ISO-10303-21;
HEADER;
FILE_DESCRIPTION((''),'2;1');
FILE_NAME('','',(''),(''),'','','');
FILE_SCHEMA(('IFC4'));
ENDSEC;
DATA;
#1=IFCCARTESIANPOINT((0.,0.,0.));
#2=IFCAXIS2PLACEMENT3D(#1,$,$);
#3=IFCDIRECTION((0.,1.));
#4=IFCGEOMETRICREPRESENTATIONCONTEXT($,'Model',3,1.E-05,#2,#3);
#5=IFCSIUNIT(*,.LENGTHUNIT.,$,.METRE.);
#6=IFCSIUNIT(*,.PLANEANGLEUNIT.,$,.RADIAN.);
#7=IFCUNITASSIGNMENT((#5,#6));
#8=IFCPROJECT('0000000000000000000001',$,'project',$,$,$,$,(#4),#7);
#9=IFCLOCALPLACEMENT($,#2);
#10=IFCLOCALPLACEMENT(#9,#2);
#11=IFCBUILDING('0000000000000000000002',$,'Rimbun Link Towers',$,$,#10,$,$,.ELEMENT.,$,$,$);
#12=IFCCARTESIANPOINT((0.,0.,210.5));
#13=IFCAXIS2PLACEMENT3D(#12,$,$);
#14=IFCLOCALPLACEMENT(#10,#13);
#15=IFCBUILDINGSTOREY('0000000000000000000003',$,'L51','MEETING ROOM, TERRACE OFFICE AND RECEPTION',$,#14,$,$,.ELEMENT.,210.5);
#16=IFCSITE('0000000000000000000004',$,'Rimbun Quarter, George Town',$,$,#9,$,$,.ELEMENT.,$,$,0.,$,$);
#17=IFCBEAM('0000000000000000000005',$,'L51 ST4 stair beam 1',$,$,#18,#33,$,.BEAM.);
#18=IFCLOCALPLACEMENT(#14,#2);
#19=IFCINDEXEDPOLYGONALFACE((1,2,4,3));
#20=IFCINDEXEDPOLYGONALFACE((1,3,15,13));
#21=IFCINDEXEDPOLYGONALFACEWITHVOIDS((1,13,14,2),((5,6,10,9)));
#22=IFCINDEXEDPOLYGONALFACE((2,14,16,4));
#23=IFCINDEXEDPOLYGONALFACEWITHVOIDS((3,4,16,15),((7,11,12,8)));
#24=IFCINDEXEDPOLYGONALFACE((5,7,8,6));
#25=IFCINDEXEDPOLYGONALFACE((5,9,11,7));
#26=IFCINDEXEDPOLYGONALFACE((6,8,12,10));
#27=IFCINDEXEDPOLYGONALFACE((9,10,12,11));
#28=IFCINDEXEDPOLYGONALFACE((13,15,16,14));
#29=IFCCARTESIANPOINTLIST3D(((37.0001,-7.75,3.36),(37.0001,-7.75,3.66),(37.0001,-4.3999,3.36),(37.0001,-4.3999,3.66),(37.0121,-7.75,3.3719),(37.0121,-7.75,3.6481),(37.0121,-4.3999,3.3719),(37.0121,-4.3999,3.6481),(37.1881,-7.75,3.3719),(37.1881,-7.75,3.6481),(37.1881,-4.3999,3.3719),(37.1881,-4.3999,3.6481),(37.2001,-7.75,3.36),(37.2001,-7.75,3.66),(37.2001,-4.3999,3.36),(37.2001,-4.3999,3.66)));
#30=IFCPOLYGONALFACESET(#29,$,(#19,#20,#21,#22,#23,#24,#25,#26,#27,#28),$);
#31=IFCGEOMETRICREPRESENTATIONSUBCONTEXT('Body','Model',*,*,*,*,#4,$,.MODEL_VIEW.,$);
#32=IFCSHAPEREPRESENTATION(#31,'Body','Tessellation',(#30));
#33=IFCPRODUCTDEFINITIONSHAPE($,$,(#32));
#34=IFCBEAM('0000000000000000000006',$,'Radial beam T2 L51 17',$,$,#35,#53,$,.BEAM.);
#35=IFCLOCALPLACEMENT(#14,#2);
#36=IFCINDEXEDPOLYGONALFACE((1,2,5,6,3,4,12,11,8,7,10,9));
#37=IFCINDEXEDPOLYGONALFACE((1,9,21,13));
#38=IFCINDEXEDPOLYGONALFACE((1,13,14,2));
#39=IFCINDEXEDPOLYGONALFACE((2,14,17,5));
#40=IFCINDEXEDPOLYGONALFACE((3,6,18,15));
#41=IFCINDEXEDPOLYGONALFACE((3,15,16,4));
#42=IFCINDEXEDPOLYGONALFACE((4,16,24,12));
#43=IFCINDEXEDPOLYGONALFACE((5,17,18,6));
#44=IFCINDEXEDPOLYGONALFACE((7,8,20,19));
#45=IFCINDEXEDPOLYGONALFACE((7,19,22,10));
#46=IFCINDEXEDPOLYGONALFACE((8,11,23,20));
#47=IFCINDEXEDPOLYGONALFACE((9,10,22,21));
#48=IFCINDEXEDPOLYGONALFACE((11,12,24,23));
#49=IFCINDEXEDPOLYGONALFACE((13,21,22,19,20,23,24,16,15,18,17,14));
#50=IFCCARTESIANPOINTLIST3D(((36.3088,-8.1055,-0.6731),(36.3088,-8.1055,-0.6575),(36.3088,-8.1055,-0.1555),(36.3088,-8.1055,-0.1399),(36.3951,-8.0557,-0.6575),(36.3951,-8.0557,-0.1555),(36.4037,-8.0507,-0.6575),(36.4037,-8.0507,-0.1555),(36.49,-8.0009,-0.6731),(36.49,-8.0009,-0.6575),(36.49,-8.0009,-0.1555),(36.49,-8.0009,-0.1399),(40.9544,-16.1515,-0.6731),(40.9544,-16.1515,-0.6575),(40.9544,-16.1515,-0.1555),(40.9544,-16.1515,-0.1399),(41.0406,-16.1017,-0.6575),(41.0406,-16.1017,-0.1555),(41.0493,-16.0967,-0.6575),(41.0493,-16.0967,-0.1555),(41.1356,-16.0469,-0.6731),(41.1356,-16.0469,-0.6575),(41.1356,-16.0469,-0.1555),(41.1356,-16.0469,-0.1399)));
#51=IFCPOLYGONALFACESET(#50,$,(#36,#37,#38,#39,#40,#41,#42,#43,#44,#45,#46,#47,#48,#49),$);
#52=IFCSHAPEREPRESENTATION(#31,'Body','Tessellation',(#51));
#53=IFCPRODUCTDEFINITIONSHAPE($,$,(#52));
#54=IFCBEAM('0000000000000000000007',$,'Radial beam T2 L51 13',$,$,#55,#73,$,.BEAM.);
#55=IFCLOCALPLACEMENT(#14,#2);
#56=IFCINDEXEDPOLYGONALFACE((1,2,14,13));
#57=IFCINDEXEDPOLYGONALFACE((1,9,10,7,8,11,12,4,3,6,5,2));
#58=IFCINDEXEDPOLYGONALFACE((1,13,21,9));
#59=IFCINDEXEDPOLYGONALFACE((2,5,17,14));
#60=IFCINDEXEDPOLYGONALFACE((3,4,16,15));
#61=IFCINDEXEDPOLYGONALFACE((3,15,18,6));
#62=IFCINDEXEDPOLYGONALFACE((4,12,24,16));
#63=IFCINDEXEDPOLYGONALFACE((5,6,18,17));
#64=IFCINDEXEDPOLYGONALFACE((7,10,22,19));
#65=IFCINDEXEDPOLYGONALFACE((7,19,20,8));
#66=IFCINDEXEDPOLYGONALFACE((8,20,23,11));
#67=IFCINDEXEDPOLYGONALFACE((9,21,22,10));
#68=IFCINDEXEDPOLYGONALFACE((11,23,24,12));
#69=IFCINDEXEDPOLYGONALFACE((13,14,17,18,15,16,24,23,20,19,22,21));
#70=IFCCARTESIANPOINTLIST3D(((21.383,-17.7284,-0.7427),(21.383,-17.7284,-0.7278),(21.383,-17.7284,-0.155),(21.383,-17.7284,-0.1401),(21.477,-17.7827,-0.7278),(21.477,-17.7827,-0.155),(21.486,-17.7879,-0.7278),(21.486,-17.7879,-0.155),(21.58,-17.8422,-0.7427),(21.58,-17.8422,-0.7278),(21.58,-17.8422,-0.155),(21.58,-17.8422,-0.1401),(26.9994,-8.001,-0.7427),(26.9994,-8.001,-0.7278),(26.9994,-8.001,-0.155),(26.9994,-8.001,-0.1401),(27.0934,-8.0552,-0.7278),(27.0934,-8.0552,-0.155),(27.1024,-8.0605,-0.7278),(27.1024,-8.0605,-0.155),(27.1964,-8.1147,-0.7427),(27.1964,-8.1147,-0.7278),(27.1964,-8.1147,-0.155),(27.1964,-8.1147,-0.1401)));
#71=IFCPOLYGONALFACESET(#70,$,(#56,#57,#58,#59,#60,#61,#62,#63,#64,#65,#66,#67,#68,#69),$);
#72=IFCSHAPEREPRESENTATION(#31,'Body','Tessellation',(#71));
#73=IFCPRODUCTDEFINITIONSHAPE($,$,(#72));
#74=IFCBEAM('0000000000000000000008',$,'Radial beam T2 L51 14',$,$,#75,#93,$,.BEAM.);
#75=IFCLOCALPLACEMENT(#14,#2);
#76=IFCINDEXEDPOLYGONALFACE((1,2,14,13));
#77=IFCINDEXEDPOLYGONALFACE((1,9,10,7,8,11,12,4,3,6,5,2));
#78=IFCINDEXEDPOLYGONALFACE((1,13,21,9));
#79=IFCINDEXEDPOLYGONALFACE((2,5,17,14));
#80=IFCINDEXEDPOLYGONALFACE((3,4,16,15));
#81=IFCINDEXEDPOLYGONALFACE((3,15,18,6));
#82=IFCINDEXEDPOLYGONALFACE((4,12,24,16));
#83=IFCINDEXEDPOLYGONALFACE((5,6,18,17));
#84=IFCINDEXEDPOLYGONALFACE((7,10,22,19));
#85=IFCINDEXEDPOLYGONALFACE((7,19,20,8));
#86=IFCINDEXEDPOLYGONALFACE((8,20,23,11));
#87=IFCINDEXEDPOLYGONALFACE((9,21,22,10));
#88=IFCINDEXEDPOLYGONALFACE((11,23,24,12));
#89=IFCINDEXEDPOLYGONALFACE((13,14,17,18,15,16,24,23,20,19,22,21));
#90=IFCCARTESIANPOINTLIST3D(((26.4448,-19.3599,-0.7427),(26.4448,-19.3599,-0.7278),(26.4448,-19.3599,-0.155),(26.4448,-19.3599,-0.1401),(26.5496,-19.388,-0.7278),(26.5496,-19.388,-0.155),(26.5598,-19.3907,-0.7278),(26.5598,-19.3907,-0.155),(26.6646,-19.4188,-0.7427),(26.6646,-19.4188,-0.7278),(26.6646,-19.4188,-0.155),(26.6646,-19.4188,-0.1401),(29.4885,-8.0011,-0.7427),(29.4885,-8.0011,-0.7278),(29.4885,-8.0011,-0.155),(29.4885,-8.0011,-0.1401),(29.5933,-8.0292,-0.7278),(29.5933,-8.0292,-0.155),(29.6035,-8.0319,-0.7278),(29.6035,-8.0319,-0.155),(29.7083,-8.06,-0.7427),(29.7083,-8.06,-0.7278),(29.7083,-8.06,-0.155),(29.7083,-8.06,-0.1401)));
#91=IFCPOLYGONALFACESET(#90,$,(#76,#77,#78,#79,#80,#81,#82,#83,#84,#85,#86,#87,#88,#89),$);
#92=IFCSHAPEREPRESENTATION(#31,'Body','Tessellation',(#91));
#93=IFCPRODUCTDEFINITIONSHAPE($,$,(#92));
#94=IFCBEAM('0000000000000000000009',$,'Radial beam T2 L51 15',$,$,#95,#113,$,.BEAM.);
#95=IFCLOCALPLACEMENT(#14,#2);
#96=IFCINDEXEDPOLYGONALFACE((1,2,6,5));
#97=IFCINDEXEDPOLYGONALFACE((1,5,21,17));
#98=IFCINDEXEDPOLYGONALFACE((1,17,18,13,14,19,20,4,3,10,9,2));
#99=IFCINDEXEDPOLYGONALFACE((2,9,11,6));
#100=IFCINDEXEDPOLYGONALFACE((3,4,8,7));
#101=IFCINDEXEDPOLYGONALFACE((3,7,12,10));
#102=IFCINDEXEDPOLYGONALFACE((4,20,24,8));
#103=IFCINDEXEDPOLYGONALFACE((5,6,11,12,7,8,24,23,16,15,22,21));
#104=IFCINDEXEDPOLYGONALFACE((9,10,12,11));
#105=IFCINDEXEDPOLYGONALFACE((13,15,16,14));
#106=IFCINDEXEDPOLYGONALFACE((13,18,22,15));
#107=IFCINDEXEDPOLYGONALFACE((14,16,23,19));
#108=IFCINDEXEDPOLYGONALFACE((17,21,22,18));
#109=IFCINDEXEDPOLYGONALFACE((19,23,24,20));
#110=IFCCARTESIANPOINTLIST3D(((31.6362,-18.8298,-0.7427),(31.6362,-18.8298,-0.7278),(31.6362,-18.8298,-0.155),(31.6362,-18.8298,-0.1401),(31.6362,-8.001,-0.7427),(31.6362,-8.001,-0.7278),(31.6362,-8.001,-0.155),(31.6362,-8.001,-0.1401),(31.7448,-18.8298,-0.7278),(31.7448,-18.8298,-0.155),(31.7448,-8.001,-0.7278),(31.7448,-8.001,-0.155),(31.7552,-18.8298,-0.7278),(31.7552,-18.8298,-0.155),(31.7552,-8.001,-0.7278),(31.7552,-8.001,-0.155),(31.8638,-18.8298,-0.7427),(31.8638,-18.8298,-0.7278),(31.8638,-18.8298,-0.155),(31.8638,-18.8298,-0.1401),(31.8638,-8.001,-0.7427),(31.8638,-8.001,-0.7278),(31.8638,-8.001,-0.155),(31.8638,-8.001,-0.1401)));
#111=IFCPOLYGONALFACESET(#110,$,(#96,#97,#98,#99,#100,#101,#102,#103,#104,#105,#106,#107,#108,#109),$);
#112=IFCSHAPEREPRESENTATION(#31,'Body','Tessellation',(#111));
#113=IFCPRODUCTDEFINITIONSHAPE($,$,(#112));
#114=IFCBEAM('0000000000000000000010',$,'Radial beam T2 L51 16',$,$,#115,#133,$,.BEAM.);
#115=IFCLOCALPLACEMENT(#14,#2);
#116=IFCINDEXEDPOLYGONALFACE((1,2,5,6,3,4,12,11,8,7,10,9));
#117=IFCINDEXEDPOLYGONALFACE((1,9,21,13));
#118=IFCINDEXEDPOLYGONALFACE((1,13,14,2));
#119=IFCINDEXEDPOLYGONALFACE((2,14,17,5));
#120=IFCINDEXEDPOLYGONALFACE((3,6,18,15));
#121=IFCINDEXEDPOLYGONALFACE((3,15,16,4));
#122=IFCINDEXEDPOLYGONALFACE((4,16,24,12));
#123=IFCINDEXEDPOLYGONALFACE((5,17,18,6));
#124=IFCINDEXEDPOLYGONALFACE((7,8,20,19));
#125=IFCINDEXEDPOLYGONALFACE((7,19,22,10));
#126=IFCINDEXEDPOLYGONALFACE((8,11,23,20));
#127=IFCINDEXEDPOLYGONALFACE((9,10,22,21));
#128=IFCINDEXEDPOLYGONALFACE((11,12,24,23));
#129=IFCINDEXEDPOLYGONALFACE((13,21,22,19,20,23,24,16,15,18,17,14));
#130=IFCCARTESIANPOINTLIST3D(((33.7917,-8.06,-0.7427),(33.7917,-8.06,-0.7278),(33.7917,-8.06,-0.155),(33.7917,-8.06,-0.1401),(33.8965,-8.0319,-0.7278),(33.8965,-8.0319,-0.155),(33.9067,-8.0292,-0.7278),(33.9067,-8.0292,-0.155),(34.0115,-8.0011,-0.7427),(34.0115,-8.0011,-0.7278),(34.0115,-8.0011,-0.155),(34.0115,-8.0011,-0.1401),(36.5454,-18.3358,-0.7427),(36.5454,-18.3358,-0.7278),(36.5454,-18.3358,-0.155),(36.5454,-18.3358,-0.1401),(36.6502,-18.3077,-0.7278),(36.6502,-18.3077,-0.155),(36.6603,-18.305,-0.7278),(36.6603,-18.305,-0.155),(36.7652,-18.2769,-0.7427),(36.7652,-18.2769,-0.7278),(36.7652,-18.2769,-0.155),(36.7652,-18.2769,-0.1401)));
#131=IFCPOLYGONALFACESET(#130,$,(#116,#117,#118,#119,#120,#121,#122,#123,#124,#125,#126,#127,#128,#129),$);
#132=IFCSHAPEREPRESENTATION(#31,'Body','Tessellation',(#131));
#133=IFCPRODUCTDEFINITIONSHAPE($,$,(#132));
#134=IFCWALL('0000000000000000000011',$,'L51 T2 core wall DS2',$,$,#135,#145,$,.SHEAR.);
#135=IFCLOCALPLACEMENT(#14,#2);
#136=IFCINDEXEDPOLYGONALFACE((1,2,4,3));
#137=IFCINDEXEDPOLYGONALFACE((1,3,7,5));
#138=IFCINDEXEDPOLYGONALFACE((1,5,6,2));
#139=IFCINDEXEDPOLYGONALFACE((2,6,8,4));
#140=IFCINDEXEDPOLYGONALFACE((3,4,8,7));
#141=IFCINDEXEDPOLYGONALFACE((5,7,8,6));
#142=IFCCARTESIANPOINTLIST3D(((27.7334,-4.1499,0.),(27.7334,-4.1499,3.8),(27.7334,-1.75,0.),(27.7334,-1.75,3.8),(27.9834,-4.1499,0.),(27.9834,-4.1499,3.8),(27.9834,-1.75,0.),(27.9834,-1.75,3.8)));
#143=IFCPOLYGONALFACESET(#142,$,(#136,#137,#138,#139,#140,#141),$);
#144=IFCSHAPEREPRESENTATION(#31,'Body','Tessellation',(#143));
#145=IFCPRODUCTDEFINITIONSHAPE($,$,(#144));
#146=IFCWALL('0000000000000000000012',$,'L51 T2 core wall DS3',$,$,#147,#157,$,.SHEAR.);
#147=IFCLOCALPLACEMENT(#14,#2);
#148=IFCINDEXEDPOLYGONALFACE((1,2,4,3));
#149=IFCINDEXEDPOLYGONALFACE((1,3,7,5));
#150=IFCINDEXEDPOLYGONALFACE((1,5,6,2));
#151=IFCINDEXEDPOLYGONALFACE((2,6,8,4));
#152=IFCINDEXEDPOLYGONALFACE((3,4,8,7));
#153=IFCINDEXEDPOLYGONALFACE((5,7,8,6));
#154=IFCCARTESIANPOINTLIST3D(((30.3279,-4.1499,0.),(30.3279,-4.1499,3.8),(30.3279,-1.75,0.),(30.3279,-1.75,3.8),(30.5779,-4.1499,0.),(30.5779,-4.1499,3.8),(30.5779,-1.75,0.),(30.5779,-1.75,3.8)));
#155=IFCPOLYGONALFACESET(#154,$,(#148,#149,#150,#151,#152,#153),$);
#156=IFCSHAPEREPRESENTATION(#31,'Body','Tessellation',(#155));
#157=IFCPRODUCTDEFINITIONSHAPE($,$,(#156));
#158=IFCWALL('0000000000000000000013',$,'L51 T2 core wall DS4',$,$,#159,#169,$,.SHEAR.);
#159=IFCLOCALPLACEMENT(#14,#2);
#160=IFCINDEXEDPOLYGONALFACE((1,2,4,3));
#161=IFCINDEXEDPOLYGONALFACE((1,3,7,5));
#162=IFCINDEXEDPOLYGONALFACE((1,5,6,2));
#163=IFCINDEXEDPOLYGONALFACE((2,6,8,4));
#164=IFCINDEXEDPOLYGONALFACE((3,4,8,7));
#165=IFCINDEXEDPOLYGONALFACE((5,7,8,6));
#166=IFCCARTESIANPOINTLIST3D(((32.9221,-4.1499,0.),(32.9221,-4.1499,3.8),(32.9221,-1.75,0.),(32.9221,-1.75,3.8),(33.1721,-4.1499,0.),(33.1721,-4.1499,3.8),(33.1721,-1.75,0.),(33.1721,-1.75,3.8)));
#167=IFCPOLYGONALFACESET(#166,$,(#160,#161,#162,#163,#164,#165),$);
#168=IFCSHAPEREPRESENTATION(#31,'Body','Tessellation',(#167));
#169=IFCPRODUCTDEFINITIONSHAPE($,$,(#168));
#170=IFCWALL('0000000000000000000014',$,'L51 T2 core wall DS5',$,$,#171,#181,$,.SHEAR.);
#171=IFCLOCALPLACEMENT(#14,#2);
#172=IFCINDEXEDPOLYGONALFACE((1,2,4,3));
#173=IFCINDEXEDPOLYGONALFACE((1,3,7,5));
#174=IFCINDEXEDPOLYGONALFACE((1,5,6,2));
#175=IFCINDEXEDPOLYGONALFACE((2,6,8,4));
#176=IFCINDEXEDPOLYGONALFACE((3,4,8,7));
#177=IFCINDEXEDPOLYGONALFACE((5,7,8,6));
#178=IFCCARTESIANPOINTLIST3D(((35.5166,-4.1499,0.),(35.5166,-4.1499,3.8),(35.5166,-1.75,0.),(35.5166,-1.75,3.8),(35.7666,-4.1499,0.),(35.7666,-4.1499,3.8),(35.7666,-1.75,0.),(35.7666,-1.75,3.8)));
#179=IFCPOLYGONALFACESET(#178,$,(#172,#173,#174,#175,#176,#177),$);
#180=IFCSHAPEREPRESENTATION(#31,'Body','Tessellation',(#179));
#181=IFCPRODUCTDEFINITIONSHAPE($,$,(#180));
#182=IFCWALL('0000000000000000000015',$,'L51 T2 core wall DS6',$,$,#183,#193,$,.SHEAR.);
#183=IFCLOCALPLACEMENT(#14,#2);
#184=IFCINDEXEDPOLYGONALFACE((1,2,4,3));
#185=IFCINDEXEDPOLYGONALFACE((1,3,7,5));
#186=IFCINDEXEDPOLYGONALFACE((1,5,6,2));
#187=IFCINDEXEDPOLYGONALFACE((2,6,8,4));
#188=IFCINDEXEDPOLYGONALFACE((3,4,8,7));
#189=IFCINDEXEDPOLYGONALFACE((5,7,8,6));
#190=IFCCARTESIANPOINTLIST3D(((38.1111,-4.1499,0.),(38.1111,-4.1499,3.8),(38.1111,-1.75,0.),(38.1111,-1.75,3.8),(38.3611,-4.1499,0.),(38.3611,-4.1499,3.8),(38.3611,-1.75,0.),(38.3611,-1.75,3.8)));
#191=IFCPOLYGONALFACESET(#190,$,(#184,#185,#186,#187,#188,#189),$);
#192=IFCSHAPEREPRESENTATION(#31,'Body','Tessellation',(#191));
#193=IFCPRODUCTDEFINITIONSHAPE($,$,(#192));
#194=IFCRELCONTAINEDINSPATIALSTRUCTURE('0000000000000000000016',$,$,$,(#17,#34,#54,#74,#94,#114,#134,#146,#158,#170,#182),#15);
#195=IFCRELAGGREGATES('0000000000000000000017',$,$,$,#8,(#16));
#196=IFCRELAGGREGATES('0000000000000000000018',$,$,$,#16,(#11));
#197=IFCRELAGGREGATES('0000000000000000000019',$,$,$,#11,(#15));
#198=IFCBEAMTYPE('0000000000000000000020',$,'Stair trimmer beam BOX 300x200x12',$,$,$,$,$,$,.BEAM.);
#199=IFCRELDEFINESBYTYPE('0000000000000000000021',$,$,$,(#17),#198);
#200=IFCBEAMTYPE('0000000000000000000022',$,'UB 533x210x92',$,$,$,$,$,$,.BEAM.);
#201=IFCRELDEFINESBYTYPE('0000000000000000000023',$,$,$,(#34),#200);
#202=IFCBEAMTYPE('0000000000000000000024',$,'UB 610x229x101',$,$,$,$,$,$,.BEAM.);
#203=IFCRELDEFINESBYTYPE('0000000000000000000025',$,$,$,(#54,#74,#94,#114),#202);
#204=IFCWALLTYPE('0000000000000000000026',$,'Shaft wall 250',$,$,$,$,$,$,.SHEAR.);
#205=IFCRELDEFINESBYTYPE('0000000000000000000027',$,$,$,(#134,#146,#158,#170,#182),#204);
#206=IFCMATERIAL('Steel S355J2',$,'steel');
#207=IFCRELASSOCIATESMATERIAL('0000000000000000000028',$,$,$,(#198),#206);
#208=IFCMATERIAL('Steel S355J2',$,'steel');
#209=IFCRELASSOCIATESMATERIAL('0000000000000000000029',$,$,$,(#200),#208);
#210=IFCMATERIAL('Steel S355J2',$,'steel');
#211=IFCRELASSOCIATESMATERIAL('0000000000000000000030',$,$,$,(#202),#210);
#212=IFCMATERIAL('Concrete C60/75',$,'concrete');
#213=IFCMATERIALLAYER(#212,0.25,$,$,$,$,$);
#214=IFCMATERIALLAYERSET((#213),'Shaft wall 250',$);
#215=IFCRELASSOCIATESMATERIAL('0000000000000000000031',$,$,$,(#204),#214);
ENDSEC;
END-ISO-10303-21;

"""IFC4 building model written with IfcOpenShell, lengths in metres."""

from ifc_helpers import new_model, si_unit, direction, frame, frame_2d, origin, origin_2d, place, context, subcontext, project, spatial, rectangle, hollow_rectangle, i_section, extrude, material, layer, layer_set, material_profile, profile_set, type_object, element, save


model = new_model("IFC4")

# Units and contexts
model_context = context("Model", 3, precision=1e-05, world=origin(), true_north=direction((0.0, 1.0)))
body_context = subcontext(model_context, "Body", "Model", "MODEL_VIEW")
ifc_project = project(units=[si_unit("LENGTHUNIT", "METRE"), si_unit("PLANEANGLEUNIT", "RADIAN")], contexts=[model_context])

# Site, building, storey
site_placement = place(None, origin())
site = spatial("IfcSite", under=ifc_project, at=site_placement, Name="Rimbun Quarter, George Town", CompositionType="ELEMENT", RefElevation=0.0)
building_placement = place(site_placement, origin())
building = spatial("IfcBuilding", under=site, at=building_placement, Name="Rimbun Link Towers", CompositionType="ELEMENT")
storey_placement = place(building_placement, frame((0.0, 0.0, 210.5)))
storey = spatial("IfcBuildingStorey", under=building, at=storey_placement, Name="L51", Description="MEETING ROOM, TERRACE OFFICE AND RECEPTION", CompositionType="ELEMENT", Elevation=210.5)

# Beams
ifc_material_1 = material(Name="Steel S355J2", Category="steel")
ifc_material_profile_1 = material_profile(ifc_material_1, hollow_rectangle(XDim=0.2, YDim=0.3, WallThickness=0.012, at=origin_2d()), Name="BOX 300x200x12")
ifc_profile_set_1 = profile_set([ifc_material_profile_1], Name="Steel S355J2")
beam_type_1 = type_object("IfcBeamType", Name="Stair trimmer beam BOX 300x200x12", PredefinedType="BEAM", material=ifc_profile_set_1)
beam_1_placement = place(storey_placement, frame((37.1001, -7.75, 3.51), z_axis=(0.0, 1.0, 0.0), x_axis=(-1.0, 0.0, 0.0)))
element("IfcBeam", 1, at=beam_1_placement, inside=storey, type_object=beam_type_1, Name="L51 ST4 stair beam 1", PredefinedType="BEAM", context=body_context, shape_type="SweptSolid", body=[
    extrude(hollow_rectangle(XDim=0.2, YDim=0.3, WallThickness=0.012, at=origin_2d()), origin(), (0.0, 0.0, 1.0), 3.3501),
])
ifc_material_2 = material(Name="Steel S355J2", Category="steel")
ifc_material_profile_2 = material_profile(ifc_material_2, i_section(OverallWidth=0.2092, OverallDepth=0.5332, WebThickness=0.01, FlangeThickness=0.0156, at=origin_2d()), Name="UB 533x210x92")
ifc_profile_set_2 = profile_set([ifc_material_profile_2], Name="Steel S355J2")
beam_type_2 = type_object("IfcBeamType", Name="UB 533x210x92", PredefinedType="BEAM", material=ifc_profile_set_2)
beam_2_placement = place(storey_placement, frame((36.3994, -8.0532, -0.4065), z_axis=(0.500017, -0.866016, 0.0), x_axis=(0.866016, 0.500017, 0.0)))
element("IfcBeam", 2, at=beam_2_placement, inside=storey, type_object=beam_type_2, Name="Radial beam T2 L51 17", PredefinedType="BEAM", context=body_context, shape_type="SweptSolid", body=[
    extrude(i_section(OverallWidth=0.2092, OverallDepth=0.5332, WebThickness=0.01, FlangeThickness=0.0156, at=origin_2d()), origin(), (0.0, 0.0, 1.0), 9.2908),
])
ifc_material_3 = material(Name="Steel S355J2", Category="steel")
ifc_material_profile_3 = material_profile(ifc_material_3, i_section(OverallWidth=0.2275, OverallDepth=0.6025, WebThickness=0.0105, FlangeThickness=0.0149, at=origin_2d()), Name="UB 610x229x101")
ifc_profile_set_3 = profile_set([ifc_material_profile_3], Name="Steel S355J2")
beam_type_3 = type_object("IfcBeamType", Name="UB 610x229x101", PredefinedType="BEAM", material=ifc_profile_set_3)
beam_3_placement = place(storey_placement, frame((27.0979, -8.0579, -0.4414), z_axis=(-0.500017, -0.866015, 0.0), x_axis=(0.866015, -0.500017, 0.0)))
element("IfcBeam", 3, at=beam_3_placement, inside=storey, type_object=beam_type_3, Name="Radial beam T2 L51 13", PredefinedType="BEAM", context=body_context, shape_type="SweptSolid", body=[
    extrude(i_section(OverallWidth=0.2275, OverallDepth=0.6025, WebThickness=0.0105, FlangeThickness=0.0149, at=origin_2d()), origin(), (0.0, 0.0, 1.0), 11.2324),
])
beam_4_placement = place(storey_placement, frame((29.5984, -8.0305, -0.4414), z_axis=(-0.258827, -0.965924, 0.0), x_axis=(0.965924, -0.258827, 0.0)))
element("IfcBeam", 4, at=beam_4_placement, inside=storey, type_object=beam_type_3, Name="Radial beam T2 L51 14", PredefinedType="BEAM", context=body_context, shape_type="SweptSolid", body=[
    extrude(i_section(OverallWidth=0.2275, OverallDepth=0.6025, WebThickness=0.0105, FlangeThickness=0.0149, at=origin_2d()), origin(), (0.0, 0.0, 1.0), 11.7595),
])
beam_5_placement = place(storey_placement, frame((31.75, -8.001, -0.4414), z_axis=(0.0, -1.0, 0.0), x_axis=(1.0, 0.0, 0.0)))
element("IfcBeam", 5, at=beam_5_placement, inside=storey, type_object=beam_type_3, Name="Radial beam T2 L51 15", PredefinedType="BEAM", context=body_context, shape_type="SweptSolid", body=[
    extrude(i_section(OverallWidth=0.2275, OverallDepth=0.6025, WebThickness=0.0105, FlangeThickness=0.0149, at=origin_2d()), origin(), (0.0, 0.0, 1.0), 10.8289),
])
beam_6_placement = place(storey_placement, frame((33.9016, -8.0305, -0.4414), z_axis=(0.258841, -0.96592, 0.0), x_axis=(0.96592, 0.258841, 0.0)))
element("IfcBeam", 6, at=beam_6_placement, inside=storey, type_object=beam_type_3, Name="Radial beam T2 L51 16", PredefinedType="BEAM", context=body_context, shape_type="SweptSolid", body=[
    extrude(i_section(OverallWidth=0.2275, OverallDepth=0.6025, WebThickness=0.0105, FlangeThickness=0.0149, at=origin_2d()), origin(), (0.0, 0.0, 1.0), 10.6384),
])

# Walls
ifc_material_4 = material(Name="Concrete C60/75", Category="concrete")
ifc_layer = layer(ifc_material_4, 0.25)
ifc_layer_set = layer_set([ifc_layer], Name="Shaft wall 250")
wall_type = type_object("IfcWallType", Name="Shaft wall 250", PredefinedType="SHEAR", material=ifc_layer_set)
for number, where, z_axis, x_axis, name in (
    (7, (27.8584, -4.1499, 0.0), (0.0, 0.0, 1.0), (0.0, 1.0, 0.0), "L51 T2 core wall DS2"),
    (8, (30.4529, -4.1499, 0.0), (0.0, 0.0, 1.0), (0.0, 1.0, 0.0), "L51 T2 core wall DS3"),
    (9, (33.0471, -4.1499, 0.0), (0.0, 0.0, 1.0), (0.0, 1.0, 0.0), "L51 T2 core wall DS4"),
    (10, (35.6416, -4.1499, 0.0), (0.0, 0.0, 1.0), (0.0, 1.0, 0.0), "L51 T2 core wall DS5"),
    (11, (38.2361, -4.1499, 0.0), (0.0, 0.0, 1.0), (0.0, 1.0, 0.0), "L51 T2 core wall DS6"),
):
    element("IfcWall", number, at=place(storey_placement, frame(where, z_axis=z_axis, x_axis=x_axis)), inside=storey, type_object=wall_type, Name=name, PredefinedType="SHEAR", context=body_context, shape_type="SweptSolid", body=[
        extrude(rectangle(XDim=2.3999, YDim=0.25, at=frame_2d((1.2, 0.0))), origin(), (0.0, 0.0, 1.0), 3.8),
    ])

save(model, "model.ifc")
